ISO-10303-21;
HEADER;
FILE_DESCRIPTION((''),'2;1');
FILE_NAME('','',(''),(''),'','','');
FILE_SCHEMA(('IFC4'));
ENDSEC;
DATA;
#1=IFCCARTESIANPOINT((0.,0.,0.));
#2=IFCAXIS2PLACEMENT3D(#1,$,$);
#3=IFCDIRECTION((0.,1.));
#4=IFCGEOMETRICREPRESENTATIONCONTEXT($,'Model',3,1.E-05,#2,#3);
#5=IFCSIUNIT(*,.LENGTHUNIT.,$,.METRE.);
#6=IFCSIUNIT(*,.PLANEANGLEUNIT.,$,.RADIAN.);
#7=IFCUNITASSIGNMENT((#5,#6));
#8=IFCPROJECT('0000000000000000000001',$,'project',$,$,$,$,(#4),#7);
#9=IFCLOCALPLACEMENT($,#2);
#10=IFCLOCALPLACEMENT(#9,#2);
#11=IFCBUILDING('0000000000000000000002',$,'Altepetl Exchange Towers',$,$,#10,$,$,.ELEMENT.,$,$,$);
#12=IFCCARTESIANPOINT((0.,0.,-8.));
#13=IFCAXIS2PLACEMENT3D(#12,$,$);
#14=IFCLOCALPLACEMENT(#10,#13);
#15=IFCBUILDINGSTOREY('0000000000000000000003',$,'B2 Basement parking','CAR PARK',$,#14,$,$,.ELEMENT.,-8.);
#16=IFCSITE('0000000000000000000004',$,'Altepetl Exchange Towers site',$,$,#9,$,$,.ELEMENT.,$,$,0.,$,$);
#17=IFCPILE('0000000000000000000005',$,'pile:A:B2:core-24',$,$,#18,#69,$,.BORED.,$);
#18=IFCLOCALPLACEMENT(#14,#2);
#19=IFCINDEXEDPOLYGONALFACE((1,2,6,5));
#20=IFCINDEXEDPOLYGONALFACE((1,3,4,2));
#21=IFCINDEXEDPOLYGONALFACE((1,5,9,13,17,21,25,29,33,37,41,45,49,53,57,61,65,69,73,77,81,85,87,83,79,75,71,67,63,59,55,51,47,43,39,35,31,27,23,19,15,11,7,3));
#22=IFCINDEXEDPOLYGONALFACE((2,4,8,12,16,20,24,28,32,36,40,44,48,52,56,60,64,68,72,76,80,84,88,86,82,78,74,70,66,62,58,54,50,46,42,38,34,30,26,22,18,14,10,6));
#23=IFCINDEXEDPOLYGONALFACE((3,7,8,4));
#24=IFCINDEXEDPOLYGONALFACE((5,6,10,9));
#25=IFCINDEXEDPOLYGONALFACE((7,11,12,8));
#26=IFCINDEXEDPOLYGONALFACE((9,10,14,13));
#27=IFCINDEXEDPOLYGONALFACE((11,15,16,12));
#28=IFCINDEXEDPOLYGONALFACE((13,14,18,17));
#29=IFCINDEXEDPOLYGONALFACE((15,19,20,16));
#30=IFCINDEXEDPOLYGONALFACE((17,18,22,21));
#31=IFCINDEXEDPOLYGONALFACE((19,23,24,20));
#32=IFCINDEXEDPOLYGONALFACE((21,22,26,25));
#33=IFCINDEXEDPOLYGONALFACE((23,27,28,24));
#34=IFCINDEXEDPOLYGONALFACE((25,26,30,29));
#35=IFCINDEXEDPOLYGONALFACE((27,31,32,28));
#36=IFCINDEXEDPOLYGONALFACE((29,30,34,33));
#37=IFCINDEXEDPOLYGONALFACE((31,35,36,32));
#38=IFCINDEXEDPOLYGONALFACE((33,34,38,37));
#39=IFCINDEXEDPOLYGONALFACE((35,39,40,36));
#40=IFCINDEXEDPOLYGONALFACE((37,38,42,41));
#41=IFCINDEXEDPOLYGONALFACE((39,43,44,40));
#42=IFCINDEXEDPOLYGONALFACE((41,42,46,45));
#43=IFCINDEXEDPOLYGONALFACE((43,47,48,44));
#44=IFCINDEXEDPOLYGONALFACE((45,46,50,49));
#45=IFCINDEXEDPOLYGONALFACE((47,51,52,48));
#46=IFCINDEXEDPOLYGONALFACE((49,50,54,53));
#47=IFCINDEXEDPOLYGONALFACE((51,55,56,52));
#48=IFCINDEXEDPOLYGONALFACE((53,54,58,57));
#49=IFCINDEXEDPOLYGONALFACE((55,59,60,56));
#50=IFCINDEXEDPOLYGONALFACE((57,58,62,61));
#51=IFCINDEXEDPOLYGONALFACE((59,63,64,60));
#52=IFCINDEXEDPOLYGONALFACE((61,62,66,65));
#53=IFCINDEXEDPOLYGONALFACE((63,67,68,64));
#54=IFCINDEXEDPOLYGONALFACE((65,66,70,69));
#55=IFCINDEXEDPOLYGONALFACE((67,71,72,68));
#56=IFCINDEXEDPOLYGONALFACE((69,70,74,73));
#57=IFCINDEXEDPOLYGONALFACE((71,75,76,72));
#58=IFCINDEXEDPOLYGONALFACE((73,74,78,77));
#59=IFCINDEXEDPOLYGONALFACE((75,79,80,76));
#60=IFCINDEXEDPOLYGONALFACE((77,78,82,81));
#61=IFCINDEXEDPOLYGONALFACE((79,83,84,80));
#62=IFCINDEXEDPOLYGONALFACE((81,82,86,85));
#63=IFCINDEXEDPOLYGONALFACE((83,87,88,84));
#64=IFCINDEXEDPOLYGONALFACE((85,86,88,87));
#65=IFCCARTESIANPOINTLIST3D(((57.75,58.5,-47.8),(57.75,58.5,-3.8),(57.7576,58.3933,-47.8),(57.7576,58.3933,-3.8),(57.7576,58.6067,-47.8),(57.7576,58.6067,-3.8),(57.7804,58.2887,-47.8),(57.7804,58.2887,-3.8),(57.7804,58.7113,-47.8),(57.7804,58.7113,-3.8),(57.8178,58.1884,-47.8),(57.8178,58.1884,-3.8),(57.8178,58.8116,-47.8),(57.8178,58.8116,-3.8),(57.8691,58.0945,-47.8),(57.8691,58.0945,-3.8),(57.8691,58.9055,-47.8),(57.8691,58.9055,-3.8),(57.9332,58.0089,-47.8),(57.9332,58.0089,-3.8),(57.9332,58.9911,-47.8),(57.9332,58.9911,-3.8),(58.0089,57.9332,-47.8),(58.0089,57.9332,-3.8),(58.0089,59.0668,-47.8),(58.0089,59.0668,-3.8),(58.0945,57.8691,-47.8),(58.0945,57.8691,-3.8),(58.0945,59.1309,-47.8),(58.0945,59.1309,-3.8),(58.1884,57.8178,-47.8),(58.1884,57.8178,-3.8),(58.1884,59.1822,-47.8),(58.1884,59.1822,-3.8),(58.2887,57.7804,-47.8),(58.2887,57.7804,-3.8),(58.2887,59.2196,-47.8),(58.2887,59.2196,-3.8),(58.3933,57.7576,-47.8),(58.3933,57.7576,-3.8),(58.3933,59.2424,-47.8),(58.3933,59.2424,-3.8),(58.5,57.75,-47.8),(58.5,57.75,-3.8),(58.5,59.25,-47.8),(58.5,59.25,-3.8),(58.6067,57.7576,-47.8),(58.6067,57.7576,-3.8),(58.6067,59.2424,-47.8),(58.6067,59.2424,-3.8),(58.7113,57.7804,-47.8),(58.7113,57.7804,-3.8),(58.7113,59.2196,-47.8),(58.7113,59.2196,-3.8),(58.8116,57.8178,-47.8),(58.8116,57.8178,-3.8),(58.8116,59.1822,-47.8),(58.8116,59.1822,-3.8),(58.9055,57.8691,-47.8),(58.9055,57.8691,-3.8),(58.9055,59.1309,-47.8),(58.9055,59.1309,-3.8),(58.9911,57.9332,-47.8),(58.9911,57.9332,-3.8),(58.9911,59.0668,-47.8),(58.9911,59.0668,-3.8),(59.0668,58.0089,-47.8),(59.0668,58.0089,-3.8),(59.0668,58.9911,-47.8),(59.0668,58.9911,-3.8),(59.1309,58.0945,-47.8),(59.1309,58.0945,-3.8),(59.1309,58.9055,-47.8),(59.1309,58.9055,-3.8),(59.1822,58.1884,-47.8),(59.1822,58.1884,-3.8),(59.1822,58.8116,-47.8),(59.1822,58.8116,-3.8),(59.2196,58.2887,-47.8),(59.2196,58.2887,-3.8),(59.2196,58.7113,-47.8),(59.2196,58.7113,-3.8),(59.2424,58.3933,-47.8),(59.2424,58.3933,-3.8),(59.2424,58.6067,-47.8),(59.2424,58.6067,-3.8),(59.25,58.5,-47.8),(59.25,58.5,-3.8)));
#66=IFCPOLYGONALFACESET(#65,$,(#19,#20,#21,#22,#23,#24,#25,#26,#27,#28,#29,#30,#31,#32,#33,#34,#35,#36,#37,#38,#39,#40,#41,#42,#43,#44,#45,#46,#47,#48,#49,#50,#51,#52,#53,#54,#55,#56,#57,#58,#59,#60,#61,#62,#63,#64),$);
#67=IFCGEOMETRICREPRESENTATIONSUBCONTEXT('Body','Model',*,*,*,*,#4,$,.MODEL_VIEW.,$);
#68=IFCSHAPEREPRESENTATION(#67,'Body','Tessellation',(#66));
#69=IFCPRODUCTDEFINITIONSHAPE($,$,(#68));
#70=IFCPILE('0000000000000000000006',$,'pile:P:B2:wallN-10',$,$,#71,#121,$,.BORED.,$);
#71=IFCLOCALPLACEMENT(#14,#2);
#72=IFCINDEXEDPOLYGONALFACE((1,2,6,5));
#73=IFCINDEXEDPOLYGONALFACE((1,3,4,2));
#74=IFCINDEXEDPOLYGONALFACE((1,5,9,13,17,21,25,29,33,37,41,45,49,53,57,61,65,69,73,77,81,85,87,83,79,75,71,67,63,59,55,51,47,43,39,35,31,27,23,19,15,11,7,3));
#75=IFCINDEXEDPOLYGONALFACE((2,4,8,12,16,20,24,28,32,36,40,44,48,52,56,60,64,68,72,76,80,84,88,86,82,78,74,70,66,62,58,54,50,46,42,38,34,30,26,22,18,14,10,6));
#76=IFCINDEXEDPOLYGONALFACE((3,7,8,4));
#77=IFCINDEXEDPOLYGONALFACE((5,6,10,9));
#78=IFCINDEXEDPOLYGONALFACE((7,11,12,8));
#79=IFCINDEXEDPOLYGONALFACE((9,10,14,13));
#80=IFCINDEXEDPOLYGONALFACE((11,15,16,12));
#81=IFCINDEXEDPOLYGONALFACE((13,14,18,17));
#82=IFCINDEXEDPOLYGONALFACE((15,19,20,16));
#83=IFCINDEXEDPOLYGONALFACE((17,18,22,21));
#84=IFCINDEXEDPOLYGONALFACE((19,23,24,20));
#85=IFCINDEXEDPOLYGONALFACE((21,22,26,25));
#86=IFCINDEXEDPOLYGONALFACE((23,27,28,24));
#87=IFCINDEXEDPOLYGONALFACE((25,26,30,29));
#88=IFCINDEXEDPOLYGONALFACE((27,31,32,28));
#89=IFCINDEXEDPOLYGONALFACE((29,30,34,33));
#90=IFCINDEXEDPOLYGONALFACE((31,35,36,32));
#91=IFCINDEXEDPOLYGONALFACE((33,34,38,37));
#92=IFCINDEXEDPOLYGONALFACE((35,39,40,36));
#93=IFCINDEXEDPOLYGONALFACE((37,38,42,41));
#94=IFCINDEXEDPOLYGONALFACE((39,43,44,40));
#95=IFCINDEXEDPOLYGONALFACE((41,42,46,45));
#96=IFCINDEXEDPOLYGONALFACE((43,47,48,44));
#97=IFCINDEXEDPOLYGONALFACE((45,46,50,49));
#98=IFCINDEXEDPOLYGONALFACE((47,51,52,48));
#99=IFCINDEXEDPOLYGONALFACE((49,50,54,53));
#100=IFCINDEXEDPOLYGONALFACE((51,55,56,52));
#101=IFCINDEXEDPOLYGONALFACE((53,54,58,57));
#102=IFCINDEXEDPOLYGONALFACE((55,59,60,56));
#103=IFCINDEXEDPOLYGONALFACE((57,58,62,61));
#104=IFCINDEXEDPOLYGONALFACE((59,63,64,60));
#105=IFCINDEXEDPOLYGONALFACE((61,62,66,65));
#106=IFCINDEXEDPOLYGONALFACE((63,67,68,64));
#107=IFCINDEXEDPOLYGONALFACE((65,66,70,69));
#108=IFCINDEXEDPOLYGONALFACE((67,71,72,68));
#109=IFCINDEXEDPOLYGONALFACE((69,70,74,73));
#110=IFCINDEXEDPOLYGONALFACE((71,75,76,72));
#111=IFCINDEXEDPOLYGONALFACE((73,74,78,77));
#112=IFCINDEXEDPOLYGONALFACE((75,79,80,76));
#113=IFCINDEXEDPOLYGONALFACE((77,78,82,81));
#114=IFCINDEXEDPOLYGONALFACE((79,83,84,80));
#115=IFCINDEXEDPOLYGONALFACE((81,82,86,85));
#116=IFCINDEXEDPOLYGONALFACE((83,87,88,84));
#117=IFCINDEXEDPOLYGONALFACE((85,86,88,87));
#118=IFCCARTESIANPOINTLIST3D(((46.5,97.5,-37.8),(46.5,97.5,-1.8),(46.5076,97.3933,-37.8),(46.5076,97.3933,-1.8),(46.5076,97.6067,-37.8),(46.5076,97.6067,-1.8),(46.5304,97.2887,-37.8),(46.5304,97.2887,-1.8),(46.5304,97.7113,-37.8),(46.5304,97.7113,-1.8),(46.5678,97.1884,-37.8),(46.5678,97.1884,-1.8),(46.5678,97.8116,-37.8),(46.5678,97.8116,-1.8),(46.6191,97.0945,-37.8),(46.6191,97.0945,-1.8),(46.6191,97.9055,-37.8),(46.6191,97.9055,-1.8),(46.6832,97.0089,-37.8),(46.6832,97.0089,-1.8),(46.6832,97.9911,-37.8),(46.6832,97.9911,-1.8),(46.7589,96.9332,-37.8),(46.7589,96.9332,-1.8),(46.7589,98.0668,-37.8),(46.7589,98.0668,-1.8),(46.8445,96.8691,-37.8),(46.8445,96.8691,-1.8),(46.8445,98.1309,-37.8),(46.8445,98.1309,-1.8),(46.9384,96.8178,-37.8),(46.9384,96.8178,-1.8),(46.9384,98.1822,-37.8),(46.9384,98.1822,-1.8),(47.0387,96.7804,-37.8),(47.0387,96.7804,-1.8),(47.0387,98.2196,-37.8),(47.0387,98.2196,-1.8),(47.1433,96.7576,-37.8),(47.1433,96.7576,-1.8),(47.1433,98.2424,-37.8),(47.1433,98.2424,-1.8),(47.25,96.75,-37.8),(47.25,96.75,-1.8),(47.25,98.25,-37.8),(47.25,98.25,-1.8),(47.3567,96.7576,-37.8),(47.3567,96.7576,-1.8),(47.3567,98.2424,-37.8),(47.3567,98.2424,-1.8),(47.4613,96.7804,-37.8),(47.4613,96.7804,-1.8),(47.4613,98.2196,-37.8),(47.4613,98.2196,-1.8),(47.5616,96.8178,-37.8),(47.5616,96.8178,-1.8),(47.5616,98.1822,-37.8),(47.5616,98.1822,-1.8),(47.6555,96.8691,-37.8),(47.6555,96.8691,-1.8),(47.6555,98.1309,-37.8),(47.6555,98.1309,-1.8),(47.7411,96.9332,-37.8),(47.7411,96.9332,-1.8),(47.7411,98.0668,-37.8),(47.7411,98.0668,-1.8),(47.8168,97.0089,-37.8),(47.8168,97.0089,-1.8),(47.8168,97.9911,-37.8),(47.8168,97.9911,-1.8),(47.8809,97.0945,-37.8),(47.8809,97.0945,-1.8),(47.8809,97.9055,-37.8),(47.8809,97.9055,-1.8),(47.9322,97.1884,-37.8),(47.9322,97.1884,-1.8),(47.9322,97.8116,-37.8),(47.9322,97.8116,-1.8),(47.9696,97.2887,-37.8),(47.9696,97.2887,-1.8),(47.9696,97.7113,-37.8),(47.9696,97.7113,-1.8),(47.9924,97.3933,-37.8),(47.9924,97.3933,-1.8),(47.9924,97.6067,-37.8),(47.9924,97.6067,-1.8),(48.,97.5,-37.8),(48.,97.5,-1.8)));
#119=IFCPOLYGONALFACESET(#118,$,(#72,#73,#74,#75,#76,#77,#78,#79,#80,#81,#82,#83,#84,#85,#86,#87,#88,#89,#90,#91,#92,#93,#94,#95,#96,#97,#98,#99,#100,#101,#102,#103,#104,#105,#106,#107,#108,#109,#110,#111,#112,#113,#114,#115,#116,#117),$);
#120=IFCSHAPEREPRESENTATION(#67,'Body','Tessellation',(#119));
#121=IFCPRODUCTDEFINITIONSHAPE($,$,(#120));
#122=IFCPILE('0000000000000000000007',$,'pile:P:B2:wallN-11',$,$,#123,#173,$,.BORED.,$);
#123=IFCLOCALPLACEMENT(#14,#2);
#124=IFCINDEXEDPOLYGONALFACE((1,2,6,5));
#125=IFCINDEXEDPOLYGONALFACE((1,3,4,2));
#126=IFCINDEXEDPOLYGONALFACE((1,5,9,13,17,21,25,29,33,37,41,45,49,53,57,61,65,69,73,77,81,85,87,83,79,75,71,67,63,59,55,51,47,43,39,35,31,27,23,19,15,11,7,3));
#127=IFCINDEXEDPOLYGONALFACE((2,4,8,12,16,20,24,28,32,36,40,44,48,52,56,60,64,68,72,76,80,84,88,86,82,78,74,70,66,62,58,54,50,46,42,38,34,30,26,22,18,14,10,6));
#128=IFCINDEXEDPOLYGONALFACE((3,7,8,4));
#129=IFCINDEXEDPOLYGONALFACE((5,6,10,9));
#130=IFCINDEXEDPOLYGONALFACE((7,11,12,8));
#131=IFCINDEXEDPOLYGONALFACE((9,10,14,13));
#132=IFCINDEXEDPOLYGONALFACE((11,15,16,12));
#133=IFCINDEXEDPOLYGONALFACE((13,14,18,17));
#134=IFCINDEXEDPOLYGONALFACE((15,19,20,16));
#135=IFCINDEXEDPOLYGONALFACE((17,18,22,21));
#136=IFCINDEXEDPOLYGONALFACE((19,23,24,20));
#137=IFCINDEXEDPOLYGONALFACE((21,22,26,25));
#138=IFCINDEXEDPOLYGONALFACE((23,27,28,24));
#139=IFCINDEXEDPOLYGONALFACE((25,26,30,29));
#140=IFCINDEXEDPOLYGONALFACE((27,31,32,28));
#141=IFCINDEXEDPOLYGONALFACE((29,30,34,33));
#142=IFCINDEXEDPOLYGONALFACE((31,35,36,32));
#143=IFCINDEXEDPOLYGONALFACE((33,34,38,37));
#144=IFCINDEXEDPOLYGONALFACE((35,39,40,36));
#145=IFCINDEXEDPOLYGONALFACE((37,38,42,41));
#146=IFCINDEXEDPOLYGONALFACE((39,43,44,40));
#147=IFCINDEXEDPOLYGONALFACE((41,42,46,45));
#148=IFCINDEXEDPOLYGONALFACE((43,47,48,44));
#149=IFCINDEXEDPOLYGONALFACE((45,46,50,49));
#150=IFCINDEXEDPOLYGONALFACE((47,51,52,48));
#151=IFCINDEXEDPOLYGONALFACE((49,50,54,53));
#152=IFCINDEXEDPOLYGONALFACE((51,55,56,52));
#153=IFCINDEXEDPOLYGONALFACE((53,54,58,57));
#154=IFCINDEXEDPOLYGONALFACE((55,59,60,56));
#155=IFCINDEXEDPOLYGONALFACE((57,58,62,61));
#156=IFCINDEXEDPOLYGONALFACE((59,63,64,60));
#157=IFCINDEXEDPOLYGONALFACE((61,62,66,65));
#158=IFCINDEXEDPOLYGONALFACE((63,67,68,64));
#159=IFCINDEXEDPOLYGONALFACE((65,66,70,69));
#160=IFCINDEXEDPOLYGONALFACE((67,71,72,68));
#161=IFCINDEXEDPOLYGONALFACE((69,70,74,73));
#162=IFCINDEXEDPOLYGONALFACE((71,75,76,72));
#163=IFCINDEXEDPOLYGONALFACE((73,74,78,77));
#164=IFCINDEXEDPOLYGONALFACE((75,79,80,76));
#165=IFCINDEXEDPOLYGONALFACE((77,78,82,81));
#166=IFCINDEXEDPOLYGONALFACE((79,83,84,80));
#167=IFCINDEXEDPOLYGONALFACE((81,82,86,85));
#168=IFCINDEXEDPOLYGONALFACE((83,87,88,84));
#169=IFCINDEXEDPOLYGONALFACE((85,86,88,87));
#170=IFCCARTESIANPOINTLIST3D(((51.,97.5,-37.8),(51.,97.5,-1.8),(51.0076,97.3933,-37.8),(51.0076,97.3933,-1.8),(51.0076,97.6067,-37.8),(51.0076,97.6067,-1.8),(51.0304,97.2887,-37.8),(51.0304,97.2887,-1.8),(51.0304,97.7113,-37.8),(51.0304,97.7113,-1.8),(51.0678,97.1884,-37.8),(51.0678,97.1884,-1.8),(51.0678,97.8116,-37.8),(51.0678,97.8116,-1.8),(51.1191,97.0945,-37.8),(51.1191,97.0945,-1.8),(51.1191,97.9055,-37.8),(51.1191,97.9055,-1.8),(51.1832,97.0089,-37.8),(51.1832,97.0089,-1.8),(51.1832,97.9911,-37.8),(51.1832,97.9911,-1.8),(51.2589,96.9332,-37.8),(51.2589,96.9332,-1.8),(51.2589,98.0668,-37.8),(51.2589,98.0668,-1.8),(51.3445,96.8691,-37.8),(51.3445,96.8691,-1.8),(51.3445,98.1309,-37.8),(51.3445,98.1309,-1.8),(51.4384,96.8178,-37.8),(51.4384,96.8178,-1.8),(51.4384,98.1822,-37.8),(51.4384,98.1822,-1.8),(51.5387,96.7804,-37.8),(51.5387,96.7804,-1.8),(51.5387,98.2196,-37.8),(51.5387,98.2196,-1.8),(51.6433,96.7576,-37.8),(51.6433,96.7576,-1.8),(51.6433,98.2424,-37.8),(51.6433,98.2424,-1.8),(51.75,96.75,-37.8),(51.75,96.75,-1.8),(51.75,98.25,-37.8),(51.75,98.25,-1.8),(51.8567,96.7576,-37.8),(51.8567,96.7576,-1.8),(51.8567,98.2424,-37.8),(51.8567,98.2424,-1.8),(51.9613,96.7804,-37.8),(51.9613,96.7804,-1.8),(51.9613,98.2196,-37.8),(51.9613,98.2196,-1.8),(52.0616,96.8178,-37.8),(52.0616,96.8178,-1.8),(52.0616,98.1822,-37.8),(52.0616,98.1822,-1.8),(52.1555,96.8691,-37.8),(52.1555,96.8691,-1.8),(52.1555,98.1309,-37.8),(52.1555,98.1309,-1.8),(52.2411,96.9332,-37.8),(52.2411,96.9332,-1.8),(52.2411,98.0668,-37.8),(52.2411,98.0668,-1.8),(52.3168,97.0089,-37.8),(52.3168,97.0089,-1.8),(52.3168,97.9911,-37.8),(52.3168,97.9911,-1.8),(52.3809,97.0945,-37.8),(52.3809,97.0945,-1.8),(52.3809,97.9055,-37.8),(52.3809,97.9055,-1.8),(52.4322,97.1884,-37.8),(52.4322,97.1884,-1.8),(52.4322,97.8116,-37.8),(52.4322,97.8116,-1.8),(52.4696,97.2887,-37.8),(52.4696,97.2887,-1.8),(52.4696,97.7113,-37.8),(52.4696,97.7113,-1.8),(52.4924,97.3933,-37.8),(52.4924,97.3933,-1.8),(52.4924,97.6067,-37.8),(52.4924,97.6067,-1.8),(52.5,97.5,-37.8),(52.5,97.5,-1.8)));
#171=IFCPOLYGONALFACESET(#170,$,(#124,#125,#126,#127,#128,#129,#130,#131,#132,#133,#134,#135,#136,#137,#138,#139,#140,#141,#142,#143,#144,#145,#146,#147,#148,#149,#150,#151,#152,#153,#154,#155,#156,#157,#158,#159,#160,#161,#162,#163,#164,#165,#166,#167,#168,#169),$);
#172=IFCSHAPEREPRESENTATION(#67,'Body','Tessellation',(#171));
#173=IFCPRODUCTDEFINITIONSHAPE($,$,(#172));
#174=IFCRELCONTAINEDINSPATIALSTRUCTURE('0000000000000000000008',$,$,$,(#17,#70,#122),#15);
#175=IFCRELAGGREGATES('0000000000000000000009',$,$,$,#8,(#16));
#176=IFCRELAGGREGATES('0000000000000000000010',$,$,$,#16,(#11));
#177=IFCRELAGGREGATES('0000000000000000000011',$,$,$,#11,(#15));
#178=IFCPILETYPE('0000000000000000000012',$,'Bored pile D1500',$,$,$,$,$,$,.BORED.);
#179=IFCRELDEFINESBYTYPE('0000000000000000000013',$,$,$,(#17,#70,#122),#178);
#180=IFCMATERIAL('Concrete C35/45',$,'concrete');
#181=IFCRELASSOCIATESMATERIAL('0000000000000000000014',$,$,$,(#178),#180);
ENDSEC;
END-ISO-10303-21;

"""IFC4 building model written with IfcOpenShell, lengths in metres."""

from ifc_helpers import new_model, si_unit, direction, frame, origin, origin_2d, place, context, subcontext, project, spatial, circle, extrude, material, material_profile, profile_set, type_object, element, save


model = new_model("IFC4")

# Units and contexts
model_context = context("Model", 3, precision=1e-05, world=origin(), true_north=direction((0.0, 1.0)))
body_context = subcontext(model_context, "Body", "Model", "MODEL_VIEW")
ifc_project = project(units=[si_unit("LENGTHUNIT", "METRE"), si_unit("PLANEANGLEUNIT", "RADIAN")], contexts=[model_context])

# Site, building, storey
site_placement = place(None, origin())
site = spatial("IfcSite", under=ifc_project, at=site_placement, Name="Altepetl Exchange Towers site", CompositionType="ELEMENT", RefElevation=0.0)
building_placement = place(site_placement, origin())
building = spatial("IfcBuilding", under=site, at=building_placement, Name="Altepetl Exchange Towers", CompositionType="ELEMENT")
storey_placement = place(building_placement, frame((0.0, 0.0, -8.0)))
storey = spatial("IfcBuildingStorey", under=building, at=storey_placement, Name="B2 Basement parking", Description="CAR PARK", CompositionType="ELEMENT", Elevation=-8.0)

# Piles
ifc_material_1 = material(Name="Concrete C35/45", Category="concrete")
ifc_material_profile_1 = material_profile(ifc_material_1, circle(Radius=0.75, at=origin_2d()), Name="D1500")
ifc_profile_set_1 = profile_set([ifc_material_profile_1], Name="Concrete C35/45")
pile_type_1 = type_object("IfcPileType", Name="Bored pile D1500", PredefinedType="BORED", material=ifc_profile_set_1)
for number, where, z_axis, x_axis, name in (
    (1, (58.5, 58.5, -3.8), (0.0, 0.0, -1.0), (1.0, 0.0, 0.0), "pile:A:B2:core-24"),
):
    element("IfcPile", number, at=place(storey_placement, frame(where, z_axis=z_axis, x_axis=x_axis)), inside=storey, type_object=pile_type_1, Name=name, PredefinedType="BORED", context=body_context, shape_type="SweptSolid", body=[
        extrude(circle(Radius=0.75, at=origin_2d()), origin(), (0.0, 0.0, 1.0), 44.0),
    ])
for number, where, z_axis, x_axis, name in (
    (2, (47.25, 97.5, -1.8), (0.0, 0.0, -1.0), (1.0, 0.0, 0.0), "pile:P:B2:wallN-10"),
    (3, (51.75, 97.5, -1.8), (0.0, 0.0, -1.0), (1.0, 0.0, 0.0), "pile:P:B2:wallN-11"),
):
    element("IfcPile", number, at=place(storey_placement, frame(where, z_axis=z_axis, x_axis=x_axis)), inside=storey, type_object=pile_type_1, Name=name, PredefinedType="BORED", context=body_context, shape_type="SweptSolid", body=[
        extrude(circle(Radius=0.75, at=origin_2d()), origin(), (0.0, 0.0, 1.0), 36.0),
    ])

save(model, "model.ifc")
